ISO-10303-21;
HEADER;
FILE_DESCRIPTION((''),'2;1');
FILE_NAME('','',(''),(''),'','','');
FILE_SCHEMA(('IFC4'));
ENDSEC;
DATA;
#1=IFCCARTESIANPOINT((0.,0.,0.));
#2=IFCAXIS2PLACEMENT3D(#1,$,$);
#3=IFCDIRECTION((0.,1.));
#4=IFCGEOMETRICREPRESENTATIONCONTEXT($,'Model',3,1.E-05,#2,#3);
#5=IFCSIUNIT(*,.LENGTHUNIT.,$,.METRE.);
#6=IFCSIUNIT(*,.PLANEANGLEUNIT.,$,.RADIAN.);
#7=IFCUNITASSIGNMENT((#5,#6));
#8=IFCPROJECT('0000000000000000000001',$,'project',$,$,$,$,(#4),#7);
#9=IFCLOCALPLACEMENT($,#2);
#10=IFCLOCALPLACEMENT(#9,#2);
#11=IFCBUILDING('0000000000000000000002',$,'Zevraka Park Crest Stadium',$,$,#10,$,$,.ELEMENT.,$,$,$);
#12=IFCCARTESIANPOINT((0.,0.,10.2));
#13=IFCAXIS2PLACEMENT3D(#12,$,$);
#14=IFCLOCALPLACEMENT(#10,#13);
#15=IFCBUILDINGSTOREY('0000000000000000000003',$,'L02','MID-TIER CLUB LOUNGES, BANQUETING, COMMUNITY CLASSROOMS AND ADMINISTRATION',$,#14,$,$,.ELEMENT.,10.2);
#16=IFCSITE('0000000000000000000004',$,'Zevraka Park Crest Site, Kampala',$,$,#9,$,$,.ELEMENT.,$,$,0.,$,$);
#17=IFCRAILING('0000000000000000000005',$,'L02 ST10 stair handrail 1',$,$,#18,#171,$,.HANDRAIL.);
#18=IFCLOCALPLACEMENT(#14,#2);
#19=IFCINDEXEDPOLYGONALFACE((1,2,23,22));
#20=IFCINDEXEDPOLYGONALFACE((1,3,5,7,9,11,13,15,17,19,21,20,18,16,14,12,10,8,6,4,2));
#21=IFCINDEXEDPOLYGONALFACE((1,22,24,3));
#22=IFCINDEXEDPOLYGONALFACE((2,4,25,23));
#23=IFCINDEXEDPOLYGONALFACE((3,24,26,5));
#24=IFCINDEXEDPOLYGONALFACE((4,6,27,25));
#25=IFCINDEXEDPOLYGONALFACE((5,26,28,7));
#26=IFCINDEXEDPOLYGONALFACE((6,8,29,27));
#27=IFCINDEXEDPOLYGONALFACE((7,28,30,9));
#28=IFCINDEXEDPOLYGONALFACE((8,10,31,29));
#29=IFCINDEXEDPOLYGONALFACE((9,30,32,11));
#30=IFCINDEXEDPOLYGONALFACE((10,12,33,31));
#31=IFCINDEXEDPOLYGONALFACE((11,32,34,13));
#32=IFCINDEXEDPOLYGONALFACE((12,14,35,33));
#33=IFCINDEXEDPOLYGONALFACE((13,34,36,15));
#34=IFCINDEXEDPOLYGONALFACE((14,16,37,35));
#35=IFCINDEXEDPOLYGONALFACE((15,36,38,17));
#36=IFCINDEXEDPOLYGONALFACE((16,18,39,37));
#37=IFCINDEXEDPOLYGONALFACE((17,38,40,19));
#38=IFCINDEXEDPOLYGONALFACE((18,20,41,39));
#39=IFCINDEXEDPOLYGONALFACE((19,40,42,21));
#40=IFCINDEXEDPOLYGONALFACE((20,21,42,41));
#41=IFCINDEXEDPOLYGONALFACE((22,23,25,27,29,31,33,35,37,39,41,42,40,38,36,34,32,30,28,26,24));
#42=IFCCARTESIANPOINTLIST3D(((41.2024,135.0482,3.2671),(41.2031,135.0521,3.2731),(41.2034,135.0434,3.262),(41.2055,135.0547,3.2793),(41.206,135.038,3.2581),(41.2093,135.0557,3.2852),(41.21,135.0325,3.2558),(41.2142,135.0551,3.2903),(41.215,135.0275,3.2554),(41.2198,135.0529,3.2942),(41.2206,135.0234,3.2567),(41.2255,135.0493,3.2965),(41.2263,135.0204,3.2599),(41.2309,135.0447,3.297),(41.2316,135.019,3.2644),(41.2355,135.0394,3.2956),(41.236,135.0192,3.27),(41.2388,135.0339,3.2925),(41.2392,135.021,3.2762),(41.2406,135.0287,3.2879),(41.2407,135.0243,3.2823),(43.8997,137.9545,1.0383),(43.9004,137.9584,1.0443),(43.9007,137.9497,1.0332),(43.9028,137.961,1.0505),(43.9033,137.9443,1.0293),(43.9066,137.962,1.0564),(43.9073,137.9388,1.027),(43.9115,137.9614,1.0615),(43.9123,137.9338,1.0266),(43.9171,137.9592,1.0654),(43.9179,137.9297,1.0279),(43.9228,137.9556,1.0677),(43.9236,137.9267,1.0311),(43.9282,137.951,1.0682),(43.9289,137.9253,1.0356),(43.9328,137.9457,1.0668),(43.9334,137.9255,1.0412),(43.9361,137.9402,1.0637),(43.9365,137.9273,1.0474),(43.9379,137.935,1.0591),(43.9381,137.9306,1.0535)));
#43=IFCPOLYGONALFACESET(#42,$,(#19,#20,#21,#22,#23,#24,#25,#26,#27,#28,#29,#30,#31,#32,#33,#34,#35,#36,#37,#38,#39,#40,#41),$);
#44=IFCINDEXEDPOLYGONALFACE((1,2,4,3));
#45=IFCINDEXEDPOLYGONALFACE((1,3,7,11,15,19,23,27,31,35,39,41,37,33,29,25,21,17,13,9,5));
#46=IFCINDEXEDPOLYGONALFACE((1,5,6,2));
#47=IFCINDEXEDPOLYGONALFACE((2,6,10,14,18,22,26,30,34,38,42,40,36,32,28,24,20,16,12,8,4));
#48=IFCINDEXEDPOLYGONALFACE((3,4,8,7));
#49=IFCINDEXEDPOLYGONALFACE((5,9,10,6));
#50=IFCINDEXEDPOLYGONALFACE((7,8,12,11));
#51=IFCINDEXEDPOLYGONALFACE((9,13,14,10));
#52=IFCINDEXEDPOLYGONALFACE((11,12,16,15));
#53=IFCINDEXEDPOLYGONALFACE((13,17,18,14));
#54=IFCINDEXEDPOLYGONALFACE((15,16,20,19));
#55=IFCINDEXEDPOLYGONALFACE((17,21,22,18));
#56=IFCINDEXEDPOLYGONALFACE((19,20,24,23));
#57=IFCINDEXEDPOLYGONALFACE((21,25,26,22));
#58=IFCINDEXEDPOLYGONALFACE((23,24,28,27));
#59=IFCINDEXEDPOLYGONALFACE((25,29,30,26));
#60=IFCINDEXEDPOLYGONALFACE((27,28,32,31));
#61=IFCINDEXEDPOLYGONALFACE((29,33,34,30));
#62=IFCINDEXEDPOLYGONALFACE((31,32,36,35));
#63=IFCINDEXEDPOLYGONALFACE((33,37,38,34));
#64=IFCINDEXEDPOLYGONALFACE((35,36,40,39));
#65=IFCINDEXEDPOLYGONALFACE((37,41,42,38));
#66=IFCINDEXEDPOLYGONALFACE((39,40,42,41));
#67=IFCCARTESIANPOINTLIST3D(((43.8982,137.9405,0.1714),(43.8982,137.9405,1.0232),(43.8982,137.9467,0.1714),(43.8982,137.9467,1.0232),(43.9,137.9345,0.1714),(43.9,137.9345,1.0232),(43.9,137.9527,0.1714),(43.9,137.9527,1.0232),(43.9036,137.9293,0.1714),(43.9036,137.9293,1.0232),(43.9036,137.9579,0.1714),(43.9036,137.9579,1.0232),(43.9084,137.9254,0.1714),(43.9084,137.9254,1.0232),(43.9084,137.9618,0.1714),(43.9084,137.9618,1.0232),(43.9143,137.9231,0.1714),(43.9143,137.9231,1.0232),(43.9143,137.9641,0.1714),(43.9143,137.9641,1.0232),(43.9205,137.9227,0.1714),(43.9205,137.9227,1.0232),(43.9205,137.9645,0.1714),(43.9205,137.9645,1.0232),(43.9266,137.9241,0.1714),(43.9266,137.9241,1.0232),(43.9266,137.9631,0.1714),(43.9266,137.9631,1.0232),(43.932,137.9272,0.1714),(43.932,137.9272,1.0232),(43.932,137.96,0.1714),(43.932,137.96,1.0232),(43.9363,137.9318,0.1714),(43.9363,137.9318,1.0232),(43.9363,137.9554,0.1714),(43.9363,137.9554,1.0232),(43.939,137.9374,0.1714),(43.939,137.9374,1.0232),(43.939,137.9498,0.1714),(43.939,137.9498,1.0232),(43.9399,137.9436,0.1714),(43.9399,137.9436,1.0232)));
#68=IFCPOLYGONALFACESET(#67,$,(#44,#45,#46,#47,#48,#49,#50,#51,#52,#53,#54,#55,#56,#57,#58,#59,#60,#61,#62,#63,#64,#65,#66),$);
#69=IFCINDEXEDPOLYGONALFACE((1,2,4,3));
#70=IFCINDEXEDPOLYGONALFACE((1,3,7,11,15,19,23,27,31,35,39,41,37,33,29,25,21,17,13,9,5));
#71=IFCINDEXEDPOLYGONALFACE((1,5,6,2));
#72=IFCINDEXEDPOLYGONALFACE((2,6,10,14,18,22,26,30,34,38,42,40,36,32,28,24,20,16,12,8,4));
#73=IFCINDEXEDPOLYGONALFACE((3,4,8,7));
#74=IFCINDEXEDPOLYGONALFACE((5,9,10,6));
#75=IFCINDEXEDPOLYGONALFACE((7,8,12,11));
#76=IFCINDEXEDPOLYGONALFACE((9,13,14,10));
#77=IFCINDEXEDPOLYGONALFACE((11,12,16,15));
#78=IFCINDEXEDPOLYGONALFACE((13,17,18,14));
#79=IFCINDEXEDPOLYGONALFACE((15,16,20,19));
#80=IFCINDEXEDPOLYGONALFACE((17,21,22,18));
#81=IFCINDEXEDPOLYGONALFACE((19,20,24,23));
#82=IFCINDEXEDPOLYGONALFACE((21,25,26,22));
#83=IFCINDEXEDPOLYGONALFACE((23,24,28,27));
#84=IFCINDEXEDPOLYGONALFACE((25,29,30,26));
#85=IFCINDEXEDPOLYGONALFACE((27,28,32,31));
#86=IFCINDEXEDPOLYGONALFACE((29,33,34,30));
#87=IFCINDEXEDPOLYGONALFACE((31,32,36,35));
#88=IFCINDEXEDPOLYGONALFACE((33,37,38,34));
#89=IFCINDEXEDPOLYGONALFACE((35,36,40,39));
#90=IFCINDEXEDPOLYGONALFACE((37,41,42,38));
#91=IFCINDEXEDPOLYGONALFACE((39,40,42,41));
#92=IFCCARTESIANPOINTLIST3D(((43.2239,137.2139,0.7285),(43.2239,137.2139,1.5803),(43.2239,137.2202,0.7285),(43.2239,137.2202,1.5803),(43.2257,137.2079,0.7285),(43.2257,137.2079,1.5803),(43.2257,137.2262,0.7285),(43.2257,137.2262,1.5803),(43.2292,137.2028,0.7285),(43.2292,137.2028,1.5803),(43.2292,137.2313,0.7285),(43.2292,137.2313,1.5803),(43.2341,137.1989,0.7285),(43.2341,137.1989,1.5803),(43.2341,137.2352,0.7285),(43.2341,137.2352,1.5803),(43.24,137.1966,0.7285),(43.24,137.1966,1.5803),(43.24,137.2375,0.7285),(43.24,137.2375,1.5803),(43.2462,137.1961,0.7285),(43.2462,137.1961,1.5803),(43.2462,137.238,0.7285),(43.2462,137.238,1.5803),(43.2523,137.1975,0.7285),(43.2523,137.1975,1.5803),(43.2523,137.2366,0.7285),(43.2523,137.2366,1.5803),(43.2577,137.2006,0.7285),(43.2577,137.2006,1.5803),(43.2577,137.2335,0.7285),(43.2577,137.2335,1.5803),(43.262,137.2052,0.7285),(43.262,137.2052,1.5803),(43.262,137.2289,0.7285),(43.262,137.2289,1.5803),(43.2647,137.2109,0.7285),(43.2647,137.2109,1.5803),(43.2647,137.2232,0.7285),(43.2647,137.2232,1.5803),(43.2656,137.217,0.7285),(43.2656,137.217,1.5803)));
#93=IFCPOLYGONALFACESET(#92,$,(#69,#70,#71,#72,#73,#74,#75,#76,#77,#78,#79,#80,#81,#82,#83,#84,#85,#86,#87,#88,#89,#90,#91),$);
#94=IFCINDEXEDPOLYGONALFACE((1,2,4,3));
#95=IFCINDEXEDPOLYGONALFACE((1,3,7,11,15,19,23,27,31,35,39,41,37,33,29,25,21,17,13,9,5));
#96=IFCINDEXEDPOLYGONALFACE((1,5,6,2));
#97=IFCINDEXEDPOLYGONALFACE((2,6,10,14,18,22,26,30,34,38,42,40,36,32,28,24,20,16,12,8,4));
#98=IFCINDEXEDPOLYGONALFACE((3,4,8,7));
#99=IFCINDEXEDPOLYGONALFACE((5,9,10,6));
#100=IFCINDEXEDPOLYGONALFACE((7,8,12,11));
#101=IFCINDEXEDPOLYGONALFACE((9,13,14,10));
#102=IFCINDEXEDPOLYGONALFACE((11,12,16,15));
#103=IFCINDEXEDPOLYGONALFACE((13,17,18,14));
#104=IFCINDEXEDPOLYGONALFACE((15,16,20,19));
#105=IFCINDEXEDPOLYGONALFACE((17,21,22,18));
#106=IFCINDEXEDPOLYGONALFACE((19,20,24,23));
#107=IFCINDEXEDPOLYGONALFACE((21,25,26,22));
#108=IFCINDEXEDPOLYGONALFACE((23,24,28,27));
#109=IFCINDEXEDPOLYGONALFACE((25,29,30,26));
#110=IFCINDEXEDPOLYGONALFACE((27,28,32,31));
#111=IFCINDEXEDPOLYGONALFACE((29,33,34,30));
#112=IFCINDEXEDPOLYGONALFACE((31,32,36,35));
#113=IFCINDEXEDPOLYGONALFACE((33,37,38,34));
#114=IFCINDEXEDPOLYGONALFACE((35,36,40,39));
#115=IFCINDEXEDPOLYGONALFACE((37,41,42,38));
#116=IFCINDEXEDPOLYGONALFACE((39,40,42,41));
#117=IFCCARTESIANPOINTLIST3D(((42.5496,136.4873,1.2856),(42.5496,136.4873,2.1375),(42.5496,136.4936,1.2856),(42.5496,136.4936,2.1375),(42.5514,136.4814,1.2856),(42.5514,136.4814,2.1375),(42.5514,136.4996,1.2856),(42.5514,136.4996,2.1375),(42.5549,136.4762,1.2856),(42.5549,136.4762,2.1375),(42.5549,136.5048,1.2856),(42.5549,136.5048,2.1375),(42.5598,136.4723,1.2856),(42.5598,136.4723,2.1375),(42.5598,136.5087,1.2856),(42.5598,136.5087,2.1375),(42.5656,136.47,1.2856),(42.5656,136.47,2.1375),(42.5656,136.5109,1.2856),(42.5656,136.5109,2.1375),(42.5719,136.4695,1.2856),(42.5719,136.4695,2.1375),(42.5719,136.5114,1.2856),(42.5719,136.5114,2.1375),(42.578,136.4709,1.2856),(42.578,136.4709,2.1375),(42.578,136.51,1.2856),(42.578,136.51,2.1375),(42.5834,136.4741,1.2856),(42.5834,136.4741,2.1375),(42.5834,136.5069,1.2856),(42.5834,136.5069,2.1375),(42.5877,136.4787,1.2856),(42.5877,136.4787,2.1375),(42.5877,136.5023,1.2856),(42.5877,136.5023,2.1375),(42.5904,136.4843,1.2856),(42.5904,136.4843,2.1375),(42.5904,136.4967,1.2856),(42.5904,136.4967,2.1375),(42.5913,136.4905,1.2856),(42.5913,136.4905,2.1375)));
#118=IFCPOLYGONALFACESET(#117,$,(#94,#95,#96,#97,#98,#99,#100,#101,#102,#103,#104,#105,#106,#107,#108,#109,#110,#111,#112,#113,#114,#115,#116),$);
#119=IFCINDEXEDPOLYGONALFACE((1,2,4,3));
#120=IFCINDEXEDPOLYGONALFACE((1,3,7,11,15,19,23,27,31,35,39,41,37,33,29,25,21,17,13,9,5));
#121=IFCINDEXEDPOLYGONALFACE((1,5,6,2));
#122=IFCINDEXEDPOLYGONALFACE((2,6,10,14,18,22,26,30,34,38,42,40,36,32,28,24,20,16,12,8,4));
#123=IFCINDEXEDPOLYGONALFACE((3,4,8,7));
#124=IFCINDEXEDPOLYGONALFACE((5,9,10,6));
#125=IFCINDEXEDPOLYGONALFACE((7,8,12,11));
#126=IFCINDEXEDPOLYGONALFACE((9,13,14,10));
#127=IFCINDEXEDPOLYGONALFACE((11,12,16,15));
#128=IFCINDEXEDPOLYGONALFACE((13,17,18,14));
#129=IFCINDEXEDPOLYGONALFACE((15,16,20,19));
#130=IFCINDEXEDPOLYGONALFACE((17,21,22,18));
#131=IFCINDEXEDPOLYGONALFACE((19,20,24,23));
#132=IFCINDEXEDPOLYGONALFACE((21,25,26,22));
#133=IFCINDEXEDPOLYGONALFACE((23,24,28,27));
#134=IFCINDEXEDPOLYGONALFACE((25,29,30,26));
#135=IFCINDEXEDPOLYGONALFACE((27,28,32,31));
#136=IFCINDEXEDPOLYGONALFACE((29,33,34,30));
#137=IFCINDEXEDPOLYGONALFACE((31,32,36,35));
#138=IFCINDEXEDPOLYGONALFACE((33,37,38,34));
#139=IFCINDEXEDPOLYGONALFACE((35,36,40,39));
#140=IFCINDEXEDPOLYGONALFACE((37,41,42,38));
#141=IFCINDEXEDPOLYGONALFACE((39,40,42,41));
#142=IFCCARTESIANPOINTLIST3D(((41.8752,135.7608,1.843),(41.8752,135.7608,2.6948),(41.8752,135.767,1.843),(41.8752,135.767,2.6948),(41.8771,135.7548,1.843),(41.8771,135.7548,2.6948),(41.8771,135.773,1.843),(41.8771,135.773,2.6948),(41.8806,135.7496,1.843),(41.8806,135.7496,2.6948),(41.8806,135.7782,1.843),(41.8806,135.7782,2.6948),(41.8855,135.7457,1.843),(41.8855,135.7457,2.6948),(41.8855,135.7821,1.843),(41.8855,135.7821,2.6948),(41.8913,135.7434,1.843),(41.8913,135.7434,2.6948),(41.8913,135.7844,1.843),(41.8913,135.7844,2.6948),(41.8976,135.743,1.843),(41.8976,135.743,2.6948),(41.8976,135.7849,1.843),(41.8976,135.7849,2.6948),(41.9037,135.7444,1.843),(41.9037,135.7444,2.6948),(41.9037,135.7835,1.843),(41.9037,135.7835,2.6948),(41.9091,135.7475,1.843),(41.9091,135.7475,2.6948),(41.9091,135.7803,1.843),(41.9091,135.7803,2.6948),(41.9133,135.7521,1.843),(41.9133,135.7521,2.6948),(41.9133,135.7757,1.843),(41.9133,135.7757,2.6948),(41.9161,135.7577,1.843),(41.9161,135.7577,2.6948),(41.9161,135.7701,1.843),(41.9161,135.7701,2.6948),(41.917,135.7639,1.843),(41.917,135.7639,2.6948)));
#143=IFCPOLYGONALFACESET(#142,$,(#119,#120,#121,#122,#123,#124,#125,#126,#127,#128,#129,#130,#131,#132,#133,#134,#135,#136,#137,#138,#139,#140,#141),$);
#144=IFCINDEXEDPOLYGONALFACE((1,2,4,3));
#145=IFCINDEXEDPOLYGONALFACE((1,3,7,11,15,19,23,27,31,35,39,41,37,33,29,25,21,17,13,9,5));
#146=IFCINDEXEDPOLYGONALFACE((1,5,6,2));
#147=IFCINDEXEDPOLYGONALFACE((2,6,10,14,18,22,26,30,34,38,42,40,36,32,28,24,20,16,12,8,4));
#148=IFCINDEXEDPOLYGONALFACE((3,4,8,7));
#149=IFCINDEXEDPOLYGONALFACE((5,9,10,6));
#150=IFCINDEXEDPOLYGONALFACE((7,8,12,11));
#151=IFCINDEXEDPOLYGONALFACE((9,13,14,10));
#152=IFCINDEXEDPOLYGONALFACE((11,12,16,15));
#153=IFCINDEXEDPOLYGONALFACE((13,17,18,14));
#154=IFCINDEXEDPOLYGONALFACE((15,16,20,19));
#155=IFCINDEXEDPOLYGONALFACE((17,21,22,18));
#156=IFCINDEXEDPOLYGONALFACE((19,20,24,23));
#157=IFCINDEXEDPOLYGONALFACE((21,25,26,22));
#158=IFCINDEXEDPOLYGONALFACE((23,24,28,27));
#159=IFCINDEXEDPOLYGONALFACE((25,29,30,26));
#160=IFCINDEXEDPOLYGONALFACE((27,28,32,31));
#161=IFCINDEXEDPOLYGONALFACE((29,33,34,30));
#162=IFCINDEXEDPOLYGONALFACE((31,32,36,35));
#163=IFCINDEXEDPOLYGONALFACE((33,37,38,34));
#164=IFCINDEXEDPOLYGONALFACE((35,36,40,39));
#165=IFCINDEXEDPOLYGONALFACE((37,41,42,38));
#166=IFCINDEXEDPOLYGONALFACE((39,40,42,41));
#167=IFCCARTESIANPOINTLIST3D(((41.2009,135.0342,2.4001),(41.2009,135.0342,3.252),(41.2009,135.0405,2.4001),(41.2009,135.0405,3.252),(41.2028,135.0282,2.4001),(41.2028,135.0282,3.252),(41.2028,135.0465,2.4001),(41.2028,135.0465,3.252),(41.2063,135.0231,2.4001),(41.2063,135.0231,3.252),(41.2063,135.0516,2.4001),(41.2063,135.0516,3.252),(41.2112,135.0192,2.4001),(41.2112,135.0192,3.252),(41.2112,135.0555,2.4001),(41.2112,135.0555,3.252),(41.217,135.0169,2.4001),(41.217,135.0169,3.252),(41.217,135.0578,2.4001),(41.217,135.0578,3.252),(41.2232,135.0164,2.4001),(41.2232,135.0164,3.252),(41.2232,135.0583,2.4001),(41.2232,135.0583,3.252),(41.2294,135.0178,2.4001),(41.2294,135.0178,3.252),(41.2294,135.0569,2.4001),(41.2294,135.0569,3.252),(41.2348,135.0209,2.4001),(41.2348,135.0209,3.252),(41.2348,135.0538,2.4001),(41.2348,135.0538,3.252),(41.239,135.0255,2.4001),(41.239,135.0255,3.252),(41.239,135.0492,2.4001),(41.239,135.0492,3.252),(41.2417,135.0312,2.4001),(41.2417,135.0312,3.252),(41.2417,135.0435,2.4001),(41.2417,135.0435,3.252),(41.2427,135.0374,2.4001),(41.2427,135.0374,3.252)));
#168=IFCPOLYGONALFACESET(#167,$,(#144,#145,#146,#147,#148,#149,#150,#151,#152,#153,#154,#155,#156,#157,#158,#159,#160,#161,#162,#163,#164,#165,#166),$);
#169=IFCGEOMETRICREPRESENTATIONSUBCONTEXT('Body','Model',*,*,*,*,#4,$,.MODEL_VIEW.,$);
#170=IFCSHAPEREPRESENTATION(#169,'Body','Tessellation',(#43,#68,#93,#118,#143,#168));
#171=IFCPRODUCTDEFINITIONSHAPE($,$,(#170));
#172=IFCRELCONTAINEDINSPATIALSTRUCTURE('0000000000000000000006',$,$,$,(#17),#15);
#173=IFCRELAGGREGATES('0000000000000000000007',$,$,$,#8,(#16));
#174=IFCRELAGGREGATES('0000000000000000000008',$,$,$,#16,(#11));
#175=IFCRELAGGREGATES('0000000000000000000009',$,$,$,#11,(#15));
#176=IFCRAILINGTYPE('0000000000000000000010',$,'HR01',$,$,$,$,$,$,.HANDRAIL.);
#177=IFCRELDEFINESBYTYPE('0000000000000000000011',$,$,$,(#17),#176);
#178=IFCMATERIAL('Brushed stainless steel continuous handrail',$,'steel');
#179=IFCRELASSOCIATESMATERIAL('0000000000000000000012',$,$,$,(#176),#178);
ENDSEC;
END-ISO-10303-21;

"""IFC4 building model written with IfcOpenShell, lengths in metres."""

from ifc_helpers import new_model, si_unit, direction, frame, origin, origin_2d, place, context, subcontext, project, spatial, circle, extrude, material, type_object, element, save


model = new_model("IFC4")

# Units and contexts
model_context = context("Model", 3, precision=1e-05, world=origin(), true_north=direction((0.0, 1.0)))
body_context = subcontext(model_context, "Body", "Model", "MODEL_VIEW")
ifc_project = project(units=[si_unit("LENGTHUNIT", "METRE"), si_unit("PLANEANGLEUNIT", "RADIAN")], contexts=[model_context])

# Site, building, storey
site_placement = place(None, origin())
site = spatial("IfcSite", under=ifc_project, at=site_placement, Name="Zevraka Park Crest Site, Kampala", CompositionType="ELEMENT", RefElevation=0.0)
building_placement = place(site_placement, origin())
building = spatial("IfcBuilding", under=site, at=building_placement, Name="Zevraka Park Crest Stadium", CompositionType="ELEMENT")
storey_placement = place(building_placement, frame((0.0, 0.0, 10.2)))
storey = spatial("IfcBuildingStorey", under=building, at=storey_placement, Name="L02", Description="MID-TIER CLUB LOUNGES, BANQUETING, COMMUNITY CLASSROOMS AND ADMINISTRATION", CompositionType="ELEMENT", Elevation=10.2)

# Railing
ifc_material_1 = material(Name="Brushed stainless steel continuous handrail", Category="steel")
railing_type_1 = type_object("IfcRailingType", Name="HR01", PredefinedType="HANDRAIL", material=ifc_material_1)
railing_1_placement = place(storey_placement, frame((43.9189, 137.9436, 0.1714)))
element("IfcRailing", 1, at=railing_1_placement, inside=storey, type_object=railing_type_1, Name="L02 ST10 stair handrail 1", PredefinedType="HANDRAIL", context=body_context, shape_type="SweptSolid", body=[
    extrude(circle(Radius=0.0239, at=origin_2d()), frame((0.0, 0.0, 0.876), z_axis=(-0.593, -0.638946, 0.489998), x_axis=(0.732969, -0.680262, 0.0)), (0.0, 0.0, 1.0), 4.5486),
    extrude(circle(Radius=0.021, at=origin_2d()), origin(), (0.0, 0.0, 1.0), 0.8518),
    extrude(circle(Radius=0.021, at=origin_2d()), frame((-0.6743, -0.7266, 0.5571)), (0.0, 0.0, 1.0), 0.8518),
    extrude(circle(Radius=0.021, at=origin_2d()), frame((-1.3486, -1.4531, 1.1143)), (0.0, 0.0, 1.0), 0.8518),
    extrude(circle(Radius=0.021, at=origin_2d()), frame((-2.0229, -2.1797, 1.6716)), (0.0, 0.0, 1.0), 0.8518),
    extrude(circle(Radius=0.021, at=origin_2d()), frame((-2.6973, -2.9062, 2.2288)), (0.0, 0.0, 1.0), 0.8518),
])

save(model, "model.ifc")
